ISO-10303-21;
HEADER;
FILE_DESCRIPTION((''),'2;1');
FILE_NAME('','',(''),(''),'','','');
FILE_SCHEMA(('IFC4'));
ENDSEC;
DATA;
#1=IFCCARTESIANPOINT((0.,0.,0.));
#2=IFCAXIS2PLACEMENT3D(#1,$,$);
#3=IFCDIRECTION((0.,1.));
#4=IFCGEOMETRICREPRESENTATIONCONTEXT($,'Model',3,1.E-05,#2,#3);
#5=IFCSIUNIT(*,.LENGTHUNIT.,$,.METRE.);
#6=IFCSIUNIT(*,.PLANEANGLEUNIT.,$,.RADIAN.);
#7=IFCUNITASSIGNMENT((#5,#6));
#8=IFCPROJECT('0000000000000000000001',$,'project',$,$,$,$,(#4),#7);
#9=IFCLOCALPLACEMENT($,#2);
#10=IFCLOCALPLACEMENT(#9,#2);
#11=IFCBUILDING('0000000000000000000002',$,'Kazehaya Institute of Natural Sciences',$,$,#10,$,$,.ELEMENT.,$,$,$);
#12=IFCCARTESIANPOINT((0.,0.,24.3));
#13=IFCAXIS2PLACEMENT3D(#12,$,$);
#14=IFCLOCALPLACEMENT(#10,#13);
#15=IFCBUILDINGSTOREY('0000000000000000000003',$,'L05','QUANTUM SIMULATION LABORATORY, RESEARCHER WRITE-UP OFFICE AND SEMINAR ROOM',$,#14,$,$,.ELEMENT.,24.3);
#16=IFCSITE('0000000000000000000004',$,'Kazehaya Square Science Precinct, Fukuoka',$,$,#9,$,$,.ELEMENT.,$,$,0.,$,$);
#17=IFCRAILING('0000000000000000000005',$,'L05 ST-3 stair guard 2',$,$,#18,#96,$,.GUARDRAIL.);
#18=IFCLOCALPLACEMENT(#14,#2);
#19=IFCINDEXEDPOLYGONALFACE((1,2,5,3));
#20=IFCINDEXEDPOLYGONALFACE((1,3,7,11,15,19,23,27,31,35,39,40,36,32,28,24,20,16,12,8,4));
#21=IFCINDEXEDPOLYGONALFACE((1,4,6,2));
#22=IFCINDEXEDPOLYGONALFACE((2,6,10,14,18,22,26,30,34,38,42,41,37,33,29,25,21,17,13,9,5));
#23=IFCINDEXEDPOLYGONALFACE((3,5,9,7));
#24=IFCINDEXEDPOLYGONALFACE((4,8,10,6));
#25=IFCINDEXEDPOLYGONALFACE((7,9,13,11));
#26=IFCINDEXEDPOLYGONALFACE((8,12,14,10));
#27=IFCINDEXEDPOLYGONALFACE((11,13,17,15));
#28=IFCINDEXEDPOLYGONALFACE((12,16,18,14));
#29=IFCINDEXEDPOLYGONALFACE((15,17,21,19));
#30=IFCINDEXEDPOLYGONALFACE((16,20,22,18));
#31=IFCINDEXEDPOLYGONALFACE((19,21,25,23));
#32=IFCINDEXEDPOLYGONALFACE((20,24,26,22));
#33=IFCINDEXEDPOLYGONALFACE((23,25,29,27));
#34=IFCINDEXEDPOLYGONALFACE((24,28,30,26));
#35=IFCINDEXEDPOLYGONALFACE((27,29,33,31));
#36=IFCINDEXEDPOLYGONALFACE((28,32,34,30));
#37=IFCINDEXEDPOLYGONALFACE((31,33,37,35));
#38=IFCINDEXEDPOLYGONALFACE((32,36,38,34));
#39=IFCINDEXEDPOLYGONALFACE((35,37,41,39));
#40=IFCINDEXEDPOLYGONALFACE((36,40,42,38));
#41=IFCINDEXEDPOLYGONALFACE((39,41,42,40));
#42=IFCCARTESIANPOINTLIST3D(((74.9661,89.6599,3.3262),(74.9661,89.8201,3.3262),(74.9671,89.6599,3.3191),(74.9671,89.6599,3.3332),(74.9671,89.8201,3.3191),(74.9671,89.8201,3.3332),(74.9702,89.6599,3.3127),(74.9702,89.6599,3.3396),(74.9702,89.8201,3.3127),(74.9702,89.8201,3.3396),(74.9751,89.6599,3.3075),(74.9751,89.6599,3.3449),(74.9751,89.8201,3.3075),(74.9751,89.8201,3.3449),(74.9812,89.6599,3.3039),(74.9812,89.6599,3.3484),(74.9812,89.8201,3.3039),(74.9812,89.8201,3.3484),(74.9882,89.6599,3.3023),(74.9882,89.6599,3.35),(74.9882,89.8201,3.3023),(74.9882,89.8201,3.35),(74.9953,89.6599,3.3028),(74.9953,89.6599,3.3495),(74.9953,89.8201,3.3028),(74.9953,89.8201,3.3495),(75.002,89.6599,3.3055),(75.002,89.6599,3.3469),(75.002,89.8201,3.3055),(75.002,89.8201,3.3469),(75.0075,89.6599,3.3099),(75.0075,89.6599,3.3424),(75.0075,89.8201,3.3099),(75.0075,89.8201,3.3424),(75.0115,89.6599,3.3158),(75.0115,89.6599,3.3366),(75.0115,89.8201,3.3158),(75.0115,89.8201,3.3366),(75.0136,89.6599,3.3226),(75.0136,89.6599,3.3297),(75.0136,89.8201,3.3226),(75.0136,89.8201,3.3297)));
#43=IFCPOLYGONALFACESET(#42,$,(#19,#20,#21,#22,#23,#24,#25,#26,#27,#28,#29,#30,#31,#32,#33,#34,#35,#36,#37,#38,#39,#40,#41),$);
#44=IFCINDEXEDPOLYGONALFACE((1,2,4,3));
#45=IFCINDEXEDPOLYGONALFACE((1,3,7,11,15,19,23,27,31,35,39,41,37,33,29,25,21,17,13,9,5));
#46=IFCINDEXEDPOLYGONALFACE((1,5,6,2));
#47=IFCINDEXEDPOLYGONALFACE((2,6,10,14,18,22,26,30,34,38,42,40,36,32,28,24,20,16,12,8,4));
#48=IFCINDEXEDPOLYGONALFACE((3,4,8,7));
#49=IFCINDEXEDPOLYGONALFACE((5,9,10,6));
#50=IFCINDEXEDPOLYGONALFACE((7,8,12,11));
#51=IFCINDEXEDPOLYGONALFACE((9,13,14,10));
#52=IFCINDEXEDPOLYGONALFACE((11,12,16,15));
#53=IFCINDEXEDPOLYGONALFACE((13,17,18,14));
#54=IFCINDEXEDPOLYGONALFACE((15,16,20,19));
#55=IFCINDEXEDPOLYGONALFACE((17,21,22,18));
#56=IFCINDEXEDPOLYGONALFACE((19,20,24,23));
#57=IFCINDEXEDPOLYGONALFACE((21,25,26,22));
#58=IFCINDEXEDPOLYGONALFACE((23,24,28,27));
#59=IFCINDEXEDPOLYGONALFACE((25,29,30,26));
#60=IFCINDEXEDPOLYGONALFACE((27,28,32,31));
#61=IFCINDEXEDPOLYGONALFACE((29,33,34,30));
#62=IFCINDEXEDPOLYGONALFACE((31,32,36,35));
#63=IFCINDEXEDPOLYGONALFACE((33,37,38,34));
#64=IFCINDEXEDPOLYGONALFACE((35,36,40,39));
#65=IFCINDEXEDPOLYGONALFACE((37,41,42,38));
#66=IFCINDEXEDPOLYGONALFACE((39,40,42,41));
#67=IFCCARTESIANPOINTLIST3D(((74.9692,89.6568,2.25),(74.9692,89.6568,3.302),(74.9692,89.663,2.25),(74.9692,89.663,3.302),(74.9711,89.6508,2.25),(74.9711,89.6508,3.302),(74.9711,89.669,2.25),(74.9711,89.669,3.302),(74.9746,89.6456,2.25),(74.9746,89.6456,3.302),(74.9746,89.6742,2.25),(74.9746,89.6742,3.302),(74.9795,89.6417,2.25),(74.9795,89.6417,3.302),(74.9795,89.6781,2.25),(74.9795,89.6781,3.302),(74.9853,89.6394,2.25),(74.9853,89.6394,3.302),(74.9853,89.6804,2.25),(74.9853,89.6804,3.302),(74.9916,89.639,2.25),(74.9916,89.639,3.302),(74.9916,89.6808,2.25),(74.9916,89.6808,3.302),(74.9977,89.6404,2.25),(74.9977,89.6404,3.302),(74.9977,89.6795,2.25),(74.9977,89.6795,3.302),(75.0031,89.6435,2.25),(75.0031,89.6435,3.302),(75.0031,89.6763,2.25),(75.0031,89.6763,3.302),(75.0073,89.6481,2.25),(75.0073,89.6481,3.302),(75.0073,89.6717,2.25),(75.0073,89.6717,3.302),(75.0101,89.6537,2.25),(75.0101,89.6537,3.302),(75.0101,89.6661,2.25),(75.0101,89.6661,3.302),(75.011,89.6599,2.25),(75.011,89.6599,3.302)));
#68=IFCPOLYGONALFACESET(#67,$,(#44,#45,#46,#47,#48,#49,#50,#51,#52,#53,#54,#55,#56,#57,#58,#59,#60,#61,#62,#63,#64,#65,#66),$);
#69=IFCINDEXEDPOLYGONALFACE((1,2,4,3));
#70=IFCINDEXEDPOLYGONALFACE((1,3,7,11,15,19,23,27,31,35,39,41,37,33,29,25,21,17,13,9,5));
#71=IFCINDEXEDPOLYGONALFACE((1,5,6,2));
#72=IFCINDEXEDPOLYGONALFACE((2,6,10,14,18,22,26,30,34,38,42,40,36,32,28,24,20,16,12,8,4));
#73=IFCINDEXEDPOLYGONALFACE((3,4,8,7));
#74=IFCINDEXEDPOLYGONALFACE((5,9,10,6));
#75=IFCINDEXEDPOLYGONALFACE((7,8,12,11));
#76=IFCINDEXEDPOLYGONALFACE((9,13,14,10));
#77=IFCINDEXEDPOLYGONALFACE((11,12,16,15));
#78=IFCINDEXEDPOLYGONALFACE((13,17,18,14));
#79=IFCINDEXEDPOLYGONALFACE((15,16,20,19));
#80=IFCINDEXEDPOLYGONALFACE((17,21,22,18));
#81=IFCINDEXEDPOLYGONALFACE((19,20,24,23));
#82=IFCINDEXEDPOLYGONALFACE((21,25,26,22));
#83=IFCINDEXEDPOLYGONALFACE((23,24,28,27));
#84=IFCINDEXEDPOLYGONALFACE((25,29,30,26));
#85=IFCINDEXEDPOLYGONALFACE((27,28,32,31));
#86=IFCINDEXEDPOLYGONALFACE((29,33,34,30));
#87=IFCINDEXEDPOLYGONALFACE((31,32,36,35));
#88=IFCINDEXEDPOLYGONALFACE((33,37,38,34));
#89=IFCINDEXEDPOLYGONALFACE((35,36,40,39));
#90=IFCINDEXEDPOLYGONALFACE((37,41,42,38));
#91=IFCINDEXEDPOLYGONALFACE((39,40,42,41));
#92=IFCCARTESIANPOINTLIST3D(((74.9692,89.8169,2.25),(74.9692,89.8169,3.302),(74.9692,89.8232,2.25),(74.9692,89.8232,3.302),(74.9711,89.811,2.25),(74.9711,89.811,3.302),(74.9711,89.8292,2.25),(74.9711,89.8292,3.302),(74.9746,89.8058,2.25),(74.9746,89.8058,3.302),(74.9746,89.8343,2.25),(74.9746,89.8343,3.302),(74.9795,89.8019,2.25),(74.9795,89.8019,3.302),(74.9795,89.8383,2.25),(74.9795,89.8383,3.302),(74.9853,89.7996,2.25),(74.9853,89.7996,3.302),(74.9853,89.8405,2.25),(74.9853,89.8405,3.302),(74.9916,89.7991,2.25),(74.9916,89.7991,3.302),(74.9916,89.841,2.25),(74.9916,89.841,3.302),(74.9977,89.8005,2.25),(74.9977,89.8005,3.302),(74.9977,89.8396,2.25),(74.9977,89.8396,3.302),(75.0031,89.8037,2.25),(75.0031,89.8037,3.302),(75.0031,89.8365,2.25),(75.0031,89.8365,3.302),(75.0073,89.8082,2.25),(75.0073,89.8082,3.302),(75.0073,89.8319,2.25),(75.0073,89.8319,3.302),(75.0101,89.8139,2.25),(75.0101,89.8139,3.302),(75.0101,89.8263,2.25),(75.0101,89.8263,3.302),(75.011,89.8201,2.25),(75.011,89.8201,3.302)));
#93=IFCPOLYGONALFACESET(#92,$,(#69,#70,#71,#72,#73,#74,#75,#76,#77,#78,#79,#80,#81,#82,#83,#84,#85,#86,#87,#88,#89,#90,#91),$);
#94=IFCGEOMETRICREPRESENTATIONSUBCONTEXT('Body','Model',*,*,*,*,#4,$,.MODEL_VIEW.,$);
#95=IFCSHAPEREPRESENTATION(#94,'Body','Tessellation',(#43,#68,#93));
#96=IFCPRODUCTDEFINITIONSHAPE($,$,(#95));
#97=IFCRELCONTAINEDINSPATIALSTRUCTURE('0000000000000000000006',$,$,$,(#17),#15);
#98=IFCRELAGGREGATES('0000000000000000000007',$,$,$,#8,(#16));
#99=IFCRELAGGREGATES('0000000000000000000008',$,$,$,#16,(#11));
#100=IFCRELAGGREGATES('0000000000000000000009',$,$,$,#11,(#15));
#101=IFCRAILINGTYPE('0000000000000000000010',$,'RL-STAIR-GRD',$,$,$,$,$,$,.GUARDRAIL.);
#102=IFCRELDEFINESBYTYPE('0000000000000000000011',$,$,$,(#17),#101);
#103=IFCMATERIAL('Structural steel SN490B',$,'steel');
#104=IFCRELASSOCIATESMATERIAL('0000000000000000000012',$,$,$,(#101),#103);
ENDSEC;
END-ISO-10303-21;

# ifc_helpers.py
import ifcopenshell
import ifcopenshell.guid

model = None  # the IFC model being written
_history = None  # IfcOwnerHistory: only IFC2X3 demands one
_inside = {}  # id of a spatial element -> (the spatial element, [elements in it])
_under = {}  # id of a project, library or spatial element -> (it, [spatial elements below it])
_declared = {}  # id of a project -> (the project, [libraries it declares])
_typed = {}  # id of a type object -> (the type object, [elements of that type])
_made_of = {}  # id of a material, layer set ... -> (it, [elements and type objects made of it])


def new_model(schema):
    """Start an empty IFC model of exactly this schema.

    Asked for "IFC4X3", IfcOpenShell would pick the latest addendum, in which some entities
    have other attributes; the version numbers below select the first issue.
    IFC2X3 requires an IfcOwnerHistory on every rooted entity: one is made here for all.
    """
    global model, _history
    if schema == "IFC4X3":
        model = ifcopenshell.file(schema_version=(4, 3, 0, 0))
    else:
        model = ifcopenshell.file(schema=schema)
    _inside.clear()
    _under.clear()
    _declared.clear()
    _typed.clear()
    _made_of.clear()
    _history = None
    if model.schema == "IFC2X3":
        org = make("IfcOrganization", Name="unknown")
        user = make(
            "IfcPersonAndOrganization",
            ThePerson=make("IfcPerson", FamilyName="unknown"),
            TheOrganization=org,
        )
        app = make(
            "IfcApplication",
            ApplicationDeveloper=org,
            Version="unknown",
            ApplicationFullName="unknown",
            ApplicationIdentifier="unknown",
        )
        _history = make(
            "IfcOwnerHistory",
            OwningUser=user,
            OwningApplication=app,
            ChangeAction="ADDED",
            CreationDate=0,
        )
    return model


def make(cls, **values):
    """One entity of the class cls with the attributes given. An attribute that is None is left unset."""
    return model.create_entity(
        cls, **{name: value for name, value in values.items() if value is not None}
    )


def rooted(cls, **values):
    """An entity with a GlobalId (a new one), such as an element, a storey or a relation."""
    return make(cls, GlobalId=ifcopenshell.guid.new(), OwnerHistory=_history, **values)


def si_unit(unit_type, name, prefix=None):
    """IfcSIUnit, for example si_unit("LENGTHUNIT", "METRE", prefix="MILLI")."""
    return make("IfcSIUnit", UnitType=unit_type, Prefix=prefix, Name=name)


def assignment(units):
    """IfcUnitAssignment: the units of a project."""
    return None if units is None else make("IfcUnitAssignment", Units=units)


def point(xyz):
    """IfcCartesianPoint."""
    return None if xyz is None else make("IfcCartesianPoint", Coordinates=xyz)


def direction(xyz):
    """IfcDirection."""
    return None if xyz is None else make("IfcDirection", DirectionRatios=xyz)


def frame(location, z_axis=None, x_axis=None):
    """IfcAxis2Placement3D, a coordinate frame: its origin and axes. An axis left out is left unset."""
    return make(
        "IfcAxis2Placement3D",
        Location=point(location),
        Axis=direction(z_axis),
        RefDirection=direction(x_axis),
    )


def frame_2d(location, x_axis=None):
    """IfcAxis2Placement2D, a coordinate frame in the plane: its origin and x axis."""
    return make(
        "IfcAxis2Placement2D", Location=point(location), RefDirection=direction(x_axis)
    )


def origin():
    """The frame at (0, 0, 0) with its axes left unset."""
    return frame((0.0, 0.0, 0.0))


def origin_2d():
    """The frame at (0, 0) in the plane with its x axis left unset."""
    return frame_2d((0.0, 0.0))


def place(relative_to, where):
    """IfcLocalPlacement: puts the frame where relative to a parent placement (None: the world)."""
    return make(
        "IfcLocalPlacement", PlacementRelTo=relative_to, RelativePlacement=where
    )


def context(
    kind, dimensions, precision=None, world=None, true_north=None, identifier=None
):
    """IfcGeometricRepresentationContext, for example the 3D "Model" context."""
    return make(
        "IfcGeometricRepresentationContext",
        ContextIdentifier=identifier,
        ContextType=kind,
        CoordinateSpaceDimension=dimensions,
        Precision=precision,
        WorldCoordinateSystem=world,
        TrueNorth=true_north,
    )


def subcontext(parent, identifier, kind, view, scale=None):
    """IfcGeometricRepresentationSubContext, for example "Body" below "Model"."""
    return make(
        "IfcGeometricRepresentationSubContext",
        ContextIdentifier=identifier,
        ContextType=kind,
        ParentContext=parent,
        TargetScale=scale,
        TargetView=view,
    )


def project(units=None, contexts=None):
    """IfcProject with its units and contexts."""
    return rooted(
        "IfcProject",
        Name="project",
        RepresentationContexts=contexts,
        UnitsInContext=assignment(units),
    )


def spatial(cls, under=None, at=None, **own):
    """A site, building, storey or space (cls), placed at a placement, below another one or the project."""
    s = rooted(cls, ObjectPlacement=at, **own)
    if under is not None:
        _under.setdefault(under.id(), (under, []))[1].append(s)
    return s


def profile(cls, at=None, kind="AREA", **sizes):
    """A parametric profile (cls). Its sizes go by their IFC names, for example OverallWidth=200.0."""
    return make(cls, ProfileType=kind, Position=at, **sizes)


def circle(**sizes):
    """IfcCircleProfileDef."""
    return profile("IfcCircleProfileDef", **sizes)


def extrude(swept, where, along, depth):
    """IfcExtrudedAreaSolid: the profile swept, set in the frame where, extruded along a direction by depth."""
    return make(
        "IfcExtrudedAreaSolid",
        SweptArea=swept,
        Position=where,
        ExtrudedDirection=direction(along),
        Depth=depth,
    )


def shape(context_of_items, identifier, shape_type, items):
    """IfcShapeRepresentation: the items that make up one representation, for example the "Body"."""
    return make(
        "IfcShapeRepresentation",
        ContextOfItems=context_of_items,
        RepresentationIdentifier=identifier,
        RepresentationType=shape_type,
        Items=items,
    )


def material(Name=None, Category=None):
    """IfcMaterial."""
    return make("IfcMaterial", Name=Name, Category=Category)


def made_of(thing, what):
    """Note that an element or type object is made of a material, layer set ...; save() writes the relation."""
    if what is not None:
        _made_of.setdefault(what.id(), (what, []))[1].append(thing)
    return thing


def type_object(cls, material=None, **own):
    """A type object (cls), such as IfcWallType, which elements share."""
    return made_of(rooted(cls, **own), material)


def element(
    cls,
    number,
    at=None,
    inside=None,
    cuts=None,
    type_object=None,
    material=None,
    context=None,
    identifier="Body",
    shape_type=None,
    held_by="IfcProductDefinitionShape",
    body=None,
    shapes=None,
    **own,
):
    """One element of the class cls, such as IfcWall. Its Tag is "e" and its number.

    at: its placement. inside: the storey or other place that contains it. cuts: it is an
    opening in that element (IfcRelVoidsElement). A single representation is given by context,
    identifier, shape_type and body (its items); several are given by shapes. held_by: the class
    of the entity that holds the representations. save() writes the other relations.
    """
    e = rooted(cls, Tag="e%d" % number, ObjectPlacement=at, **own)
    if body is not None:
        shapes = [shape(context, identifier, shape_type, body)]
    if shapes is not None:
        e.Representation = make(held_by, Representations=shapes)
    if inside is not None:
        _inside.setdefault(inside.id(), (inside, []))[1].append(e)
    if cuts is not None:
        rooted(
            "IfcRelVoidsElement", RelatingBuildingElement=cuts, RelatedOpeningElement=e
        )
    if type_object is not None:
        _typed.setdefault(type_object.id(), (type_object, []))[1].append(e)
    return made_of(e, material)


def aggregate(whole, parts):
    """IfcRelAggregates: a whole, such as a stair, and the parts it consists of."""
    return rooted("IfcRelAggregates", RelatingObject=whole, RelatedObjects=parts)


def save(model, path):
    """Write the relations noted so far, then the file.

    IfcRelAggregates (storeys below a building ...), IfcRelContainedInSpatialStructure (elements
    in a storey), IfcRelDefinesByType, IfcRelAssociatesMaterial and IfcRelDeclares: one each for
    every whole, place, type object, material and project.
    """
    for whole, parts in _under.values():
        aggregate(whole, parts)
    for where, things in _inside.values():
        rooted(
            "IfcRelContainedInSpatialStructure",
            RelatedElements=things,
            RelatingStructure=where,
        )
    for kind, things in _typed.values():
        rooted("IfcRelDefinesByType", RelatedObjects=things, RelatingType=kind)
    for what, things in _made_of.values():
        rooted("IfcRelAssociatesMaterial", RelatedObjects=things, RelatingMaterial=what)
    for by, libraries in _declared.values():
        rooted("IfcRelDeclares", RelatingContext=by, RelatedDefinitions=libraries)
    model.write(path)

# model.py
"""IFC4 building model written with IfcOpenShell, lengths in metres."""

from ifc_helpers import new_model, si_unit, direction, frame, origin, origin_2d, place, context, subcontext, project, spatial, circle, extrude, material, type_object, element, save


model = new_model("IFC4")

# Units and contexts
model_context = context("Model", 3, precision=1e-05, world=origin(), true_north=direction((0.0, 1.0)))
body_context = subcontext(model_context, "Body", "Model", "MODEL_VIEW")
ifc_project = project(units=[si_unit("LENGTHUNIT", "METRE"), si_unit("PLANEANGLEUNIT", "RADIAN")], contexts=[model_context])

# Site, building, storey
site_placement = place(None, origin())
site = spatial("IfcSite", under=ifc_project, at=site_placement, Name="Kazehaya Square Science Precinct, Fukuoka", CompositionType="ELEMENT", RefElevation=0.0)
building_placement = place(site_placement, origin())
building = spatial("IfcBuilding", under=site, at=building_placement, Name="Kazehaya Institute of Natural Sciences", CompositionType="ELEMENT")
storey_placement = place(building_placement, frame((0.0, 0.0, 24.3)))
storey = spatial("IfcBuildingStorey", under=building, at=storey_placement, Name="L05", Description="QUANTUM SIMULATION LABORATORY, RESEARCHER WRITE-UP OFFICE AND SEMINAR ROOM", CompositionType="ELEMENT", Elevation=24.3)

# Railing
ifc_material_1 = material(Name="Structural steel SN490B", Category="steel")
railing_type_1 = type_object("IfcRailingType", Name="RL-STAIR-GRD", PredefinedType="GUARDRAIL", material=ifc_material_1)
railing_1_placement = place(storey_placement, frame((74.99, 89.6599, 2.25)))
element("IfcRailing", 1, at=railing_1_placement, inside=storey, type_object=railing_type_1, Name="L05 ST-3 stair guard 2", PredefinedType="GUARDRAIL", context=body_context, shape_type="SweptSolid", body=[
    extrude(circle(Radius=0.0239, at=origin_2d()), frame((0.0, 0.0, 1.0762), z_axis=(0.0, 1.0, 0.0), x_axis=(-1.0, 0.0, 0.0)), (0.0, 0.0, 1.0), 0.1602),
    extrude(circle(Radius=0.021, at=origin_2d()), origin(), (0.0, 0.0, 1.0), 1.052),
    extrude(circle(Radius=0.021, at=origin_2d()), frame((0.0, 0.1602, 0.0)), (0.0, 0.0, 1.0), 1.052),
])

save(model, "model.ifc")
